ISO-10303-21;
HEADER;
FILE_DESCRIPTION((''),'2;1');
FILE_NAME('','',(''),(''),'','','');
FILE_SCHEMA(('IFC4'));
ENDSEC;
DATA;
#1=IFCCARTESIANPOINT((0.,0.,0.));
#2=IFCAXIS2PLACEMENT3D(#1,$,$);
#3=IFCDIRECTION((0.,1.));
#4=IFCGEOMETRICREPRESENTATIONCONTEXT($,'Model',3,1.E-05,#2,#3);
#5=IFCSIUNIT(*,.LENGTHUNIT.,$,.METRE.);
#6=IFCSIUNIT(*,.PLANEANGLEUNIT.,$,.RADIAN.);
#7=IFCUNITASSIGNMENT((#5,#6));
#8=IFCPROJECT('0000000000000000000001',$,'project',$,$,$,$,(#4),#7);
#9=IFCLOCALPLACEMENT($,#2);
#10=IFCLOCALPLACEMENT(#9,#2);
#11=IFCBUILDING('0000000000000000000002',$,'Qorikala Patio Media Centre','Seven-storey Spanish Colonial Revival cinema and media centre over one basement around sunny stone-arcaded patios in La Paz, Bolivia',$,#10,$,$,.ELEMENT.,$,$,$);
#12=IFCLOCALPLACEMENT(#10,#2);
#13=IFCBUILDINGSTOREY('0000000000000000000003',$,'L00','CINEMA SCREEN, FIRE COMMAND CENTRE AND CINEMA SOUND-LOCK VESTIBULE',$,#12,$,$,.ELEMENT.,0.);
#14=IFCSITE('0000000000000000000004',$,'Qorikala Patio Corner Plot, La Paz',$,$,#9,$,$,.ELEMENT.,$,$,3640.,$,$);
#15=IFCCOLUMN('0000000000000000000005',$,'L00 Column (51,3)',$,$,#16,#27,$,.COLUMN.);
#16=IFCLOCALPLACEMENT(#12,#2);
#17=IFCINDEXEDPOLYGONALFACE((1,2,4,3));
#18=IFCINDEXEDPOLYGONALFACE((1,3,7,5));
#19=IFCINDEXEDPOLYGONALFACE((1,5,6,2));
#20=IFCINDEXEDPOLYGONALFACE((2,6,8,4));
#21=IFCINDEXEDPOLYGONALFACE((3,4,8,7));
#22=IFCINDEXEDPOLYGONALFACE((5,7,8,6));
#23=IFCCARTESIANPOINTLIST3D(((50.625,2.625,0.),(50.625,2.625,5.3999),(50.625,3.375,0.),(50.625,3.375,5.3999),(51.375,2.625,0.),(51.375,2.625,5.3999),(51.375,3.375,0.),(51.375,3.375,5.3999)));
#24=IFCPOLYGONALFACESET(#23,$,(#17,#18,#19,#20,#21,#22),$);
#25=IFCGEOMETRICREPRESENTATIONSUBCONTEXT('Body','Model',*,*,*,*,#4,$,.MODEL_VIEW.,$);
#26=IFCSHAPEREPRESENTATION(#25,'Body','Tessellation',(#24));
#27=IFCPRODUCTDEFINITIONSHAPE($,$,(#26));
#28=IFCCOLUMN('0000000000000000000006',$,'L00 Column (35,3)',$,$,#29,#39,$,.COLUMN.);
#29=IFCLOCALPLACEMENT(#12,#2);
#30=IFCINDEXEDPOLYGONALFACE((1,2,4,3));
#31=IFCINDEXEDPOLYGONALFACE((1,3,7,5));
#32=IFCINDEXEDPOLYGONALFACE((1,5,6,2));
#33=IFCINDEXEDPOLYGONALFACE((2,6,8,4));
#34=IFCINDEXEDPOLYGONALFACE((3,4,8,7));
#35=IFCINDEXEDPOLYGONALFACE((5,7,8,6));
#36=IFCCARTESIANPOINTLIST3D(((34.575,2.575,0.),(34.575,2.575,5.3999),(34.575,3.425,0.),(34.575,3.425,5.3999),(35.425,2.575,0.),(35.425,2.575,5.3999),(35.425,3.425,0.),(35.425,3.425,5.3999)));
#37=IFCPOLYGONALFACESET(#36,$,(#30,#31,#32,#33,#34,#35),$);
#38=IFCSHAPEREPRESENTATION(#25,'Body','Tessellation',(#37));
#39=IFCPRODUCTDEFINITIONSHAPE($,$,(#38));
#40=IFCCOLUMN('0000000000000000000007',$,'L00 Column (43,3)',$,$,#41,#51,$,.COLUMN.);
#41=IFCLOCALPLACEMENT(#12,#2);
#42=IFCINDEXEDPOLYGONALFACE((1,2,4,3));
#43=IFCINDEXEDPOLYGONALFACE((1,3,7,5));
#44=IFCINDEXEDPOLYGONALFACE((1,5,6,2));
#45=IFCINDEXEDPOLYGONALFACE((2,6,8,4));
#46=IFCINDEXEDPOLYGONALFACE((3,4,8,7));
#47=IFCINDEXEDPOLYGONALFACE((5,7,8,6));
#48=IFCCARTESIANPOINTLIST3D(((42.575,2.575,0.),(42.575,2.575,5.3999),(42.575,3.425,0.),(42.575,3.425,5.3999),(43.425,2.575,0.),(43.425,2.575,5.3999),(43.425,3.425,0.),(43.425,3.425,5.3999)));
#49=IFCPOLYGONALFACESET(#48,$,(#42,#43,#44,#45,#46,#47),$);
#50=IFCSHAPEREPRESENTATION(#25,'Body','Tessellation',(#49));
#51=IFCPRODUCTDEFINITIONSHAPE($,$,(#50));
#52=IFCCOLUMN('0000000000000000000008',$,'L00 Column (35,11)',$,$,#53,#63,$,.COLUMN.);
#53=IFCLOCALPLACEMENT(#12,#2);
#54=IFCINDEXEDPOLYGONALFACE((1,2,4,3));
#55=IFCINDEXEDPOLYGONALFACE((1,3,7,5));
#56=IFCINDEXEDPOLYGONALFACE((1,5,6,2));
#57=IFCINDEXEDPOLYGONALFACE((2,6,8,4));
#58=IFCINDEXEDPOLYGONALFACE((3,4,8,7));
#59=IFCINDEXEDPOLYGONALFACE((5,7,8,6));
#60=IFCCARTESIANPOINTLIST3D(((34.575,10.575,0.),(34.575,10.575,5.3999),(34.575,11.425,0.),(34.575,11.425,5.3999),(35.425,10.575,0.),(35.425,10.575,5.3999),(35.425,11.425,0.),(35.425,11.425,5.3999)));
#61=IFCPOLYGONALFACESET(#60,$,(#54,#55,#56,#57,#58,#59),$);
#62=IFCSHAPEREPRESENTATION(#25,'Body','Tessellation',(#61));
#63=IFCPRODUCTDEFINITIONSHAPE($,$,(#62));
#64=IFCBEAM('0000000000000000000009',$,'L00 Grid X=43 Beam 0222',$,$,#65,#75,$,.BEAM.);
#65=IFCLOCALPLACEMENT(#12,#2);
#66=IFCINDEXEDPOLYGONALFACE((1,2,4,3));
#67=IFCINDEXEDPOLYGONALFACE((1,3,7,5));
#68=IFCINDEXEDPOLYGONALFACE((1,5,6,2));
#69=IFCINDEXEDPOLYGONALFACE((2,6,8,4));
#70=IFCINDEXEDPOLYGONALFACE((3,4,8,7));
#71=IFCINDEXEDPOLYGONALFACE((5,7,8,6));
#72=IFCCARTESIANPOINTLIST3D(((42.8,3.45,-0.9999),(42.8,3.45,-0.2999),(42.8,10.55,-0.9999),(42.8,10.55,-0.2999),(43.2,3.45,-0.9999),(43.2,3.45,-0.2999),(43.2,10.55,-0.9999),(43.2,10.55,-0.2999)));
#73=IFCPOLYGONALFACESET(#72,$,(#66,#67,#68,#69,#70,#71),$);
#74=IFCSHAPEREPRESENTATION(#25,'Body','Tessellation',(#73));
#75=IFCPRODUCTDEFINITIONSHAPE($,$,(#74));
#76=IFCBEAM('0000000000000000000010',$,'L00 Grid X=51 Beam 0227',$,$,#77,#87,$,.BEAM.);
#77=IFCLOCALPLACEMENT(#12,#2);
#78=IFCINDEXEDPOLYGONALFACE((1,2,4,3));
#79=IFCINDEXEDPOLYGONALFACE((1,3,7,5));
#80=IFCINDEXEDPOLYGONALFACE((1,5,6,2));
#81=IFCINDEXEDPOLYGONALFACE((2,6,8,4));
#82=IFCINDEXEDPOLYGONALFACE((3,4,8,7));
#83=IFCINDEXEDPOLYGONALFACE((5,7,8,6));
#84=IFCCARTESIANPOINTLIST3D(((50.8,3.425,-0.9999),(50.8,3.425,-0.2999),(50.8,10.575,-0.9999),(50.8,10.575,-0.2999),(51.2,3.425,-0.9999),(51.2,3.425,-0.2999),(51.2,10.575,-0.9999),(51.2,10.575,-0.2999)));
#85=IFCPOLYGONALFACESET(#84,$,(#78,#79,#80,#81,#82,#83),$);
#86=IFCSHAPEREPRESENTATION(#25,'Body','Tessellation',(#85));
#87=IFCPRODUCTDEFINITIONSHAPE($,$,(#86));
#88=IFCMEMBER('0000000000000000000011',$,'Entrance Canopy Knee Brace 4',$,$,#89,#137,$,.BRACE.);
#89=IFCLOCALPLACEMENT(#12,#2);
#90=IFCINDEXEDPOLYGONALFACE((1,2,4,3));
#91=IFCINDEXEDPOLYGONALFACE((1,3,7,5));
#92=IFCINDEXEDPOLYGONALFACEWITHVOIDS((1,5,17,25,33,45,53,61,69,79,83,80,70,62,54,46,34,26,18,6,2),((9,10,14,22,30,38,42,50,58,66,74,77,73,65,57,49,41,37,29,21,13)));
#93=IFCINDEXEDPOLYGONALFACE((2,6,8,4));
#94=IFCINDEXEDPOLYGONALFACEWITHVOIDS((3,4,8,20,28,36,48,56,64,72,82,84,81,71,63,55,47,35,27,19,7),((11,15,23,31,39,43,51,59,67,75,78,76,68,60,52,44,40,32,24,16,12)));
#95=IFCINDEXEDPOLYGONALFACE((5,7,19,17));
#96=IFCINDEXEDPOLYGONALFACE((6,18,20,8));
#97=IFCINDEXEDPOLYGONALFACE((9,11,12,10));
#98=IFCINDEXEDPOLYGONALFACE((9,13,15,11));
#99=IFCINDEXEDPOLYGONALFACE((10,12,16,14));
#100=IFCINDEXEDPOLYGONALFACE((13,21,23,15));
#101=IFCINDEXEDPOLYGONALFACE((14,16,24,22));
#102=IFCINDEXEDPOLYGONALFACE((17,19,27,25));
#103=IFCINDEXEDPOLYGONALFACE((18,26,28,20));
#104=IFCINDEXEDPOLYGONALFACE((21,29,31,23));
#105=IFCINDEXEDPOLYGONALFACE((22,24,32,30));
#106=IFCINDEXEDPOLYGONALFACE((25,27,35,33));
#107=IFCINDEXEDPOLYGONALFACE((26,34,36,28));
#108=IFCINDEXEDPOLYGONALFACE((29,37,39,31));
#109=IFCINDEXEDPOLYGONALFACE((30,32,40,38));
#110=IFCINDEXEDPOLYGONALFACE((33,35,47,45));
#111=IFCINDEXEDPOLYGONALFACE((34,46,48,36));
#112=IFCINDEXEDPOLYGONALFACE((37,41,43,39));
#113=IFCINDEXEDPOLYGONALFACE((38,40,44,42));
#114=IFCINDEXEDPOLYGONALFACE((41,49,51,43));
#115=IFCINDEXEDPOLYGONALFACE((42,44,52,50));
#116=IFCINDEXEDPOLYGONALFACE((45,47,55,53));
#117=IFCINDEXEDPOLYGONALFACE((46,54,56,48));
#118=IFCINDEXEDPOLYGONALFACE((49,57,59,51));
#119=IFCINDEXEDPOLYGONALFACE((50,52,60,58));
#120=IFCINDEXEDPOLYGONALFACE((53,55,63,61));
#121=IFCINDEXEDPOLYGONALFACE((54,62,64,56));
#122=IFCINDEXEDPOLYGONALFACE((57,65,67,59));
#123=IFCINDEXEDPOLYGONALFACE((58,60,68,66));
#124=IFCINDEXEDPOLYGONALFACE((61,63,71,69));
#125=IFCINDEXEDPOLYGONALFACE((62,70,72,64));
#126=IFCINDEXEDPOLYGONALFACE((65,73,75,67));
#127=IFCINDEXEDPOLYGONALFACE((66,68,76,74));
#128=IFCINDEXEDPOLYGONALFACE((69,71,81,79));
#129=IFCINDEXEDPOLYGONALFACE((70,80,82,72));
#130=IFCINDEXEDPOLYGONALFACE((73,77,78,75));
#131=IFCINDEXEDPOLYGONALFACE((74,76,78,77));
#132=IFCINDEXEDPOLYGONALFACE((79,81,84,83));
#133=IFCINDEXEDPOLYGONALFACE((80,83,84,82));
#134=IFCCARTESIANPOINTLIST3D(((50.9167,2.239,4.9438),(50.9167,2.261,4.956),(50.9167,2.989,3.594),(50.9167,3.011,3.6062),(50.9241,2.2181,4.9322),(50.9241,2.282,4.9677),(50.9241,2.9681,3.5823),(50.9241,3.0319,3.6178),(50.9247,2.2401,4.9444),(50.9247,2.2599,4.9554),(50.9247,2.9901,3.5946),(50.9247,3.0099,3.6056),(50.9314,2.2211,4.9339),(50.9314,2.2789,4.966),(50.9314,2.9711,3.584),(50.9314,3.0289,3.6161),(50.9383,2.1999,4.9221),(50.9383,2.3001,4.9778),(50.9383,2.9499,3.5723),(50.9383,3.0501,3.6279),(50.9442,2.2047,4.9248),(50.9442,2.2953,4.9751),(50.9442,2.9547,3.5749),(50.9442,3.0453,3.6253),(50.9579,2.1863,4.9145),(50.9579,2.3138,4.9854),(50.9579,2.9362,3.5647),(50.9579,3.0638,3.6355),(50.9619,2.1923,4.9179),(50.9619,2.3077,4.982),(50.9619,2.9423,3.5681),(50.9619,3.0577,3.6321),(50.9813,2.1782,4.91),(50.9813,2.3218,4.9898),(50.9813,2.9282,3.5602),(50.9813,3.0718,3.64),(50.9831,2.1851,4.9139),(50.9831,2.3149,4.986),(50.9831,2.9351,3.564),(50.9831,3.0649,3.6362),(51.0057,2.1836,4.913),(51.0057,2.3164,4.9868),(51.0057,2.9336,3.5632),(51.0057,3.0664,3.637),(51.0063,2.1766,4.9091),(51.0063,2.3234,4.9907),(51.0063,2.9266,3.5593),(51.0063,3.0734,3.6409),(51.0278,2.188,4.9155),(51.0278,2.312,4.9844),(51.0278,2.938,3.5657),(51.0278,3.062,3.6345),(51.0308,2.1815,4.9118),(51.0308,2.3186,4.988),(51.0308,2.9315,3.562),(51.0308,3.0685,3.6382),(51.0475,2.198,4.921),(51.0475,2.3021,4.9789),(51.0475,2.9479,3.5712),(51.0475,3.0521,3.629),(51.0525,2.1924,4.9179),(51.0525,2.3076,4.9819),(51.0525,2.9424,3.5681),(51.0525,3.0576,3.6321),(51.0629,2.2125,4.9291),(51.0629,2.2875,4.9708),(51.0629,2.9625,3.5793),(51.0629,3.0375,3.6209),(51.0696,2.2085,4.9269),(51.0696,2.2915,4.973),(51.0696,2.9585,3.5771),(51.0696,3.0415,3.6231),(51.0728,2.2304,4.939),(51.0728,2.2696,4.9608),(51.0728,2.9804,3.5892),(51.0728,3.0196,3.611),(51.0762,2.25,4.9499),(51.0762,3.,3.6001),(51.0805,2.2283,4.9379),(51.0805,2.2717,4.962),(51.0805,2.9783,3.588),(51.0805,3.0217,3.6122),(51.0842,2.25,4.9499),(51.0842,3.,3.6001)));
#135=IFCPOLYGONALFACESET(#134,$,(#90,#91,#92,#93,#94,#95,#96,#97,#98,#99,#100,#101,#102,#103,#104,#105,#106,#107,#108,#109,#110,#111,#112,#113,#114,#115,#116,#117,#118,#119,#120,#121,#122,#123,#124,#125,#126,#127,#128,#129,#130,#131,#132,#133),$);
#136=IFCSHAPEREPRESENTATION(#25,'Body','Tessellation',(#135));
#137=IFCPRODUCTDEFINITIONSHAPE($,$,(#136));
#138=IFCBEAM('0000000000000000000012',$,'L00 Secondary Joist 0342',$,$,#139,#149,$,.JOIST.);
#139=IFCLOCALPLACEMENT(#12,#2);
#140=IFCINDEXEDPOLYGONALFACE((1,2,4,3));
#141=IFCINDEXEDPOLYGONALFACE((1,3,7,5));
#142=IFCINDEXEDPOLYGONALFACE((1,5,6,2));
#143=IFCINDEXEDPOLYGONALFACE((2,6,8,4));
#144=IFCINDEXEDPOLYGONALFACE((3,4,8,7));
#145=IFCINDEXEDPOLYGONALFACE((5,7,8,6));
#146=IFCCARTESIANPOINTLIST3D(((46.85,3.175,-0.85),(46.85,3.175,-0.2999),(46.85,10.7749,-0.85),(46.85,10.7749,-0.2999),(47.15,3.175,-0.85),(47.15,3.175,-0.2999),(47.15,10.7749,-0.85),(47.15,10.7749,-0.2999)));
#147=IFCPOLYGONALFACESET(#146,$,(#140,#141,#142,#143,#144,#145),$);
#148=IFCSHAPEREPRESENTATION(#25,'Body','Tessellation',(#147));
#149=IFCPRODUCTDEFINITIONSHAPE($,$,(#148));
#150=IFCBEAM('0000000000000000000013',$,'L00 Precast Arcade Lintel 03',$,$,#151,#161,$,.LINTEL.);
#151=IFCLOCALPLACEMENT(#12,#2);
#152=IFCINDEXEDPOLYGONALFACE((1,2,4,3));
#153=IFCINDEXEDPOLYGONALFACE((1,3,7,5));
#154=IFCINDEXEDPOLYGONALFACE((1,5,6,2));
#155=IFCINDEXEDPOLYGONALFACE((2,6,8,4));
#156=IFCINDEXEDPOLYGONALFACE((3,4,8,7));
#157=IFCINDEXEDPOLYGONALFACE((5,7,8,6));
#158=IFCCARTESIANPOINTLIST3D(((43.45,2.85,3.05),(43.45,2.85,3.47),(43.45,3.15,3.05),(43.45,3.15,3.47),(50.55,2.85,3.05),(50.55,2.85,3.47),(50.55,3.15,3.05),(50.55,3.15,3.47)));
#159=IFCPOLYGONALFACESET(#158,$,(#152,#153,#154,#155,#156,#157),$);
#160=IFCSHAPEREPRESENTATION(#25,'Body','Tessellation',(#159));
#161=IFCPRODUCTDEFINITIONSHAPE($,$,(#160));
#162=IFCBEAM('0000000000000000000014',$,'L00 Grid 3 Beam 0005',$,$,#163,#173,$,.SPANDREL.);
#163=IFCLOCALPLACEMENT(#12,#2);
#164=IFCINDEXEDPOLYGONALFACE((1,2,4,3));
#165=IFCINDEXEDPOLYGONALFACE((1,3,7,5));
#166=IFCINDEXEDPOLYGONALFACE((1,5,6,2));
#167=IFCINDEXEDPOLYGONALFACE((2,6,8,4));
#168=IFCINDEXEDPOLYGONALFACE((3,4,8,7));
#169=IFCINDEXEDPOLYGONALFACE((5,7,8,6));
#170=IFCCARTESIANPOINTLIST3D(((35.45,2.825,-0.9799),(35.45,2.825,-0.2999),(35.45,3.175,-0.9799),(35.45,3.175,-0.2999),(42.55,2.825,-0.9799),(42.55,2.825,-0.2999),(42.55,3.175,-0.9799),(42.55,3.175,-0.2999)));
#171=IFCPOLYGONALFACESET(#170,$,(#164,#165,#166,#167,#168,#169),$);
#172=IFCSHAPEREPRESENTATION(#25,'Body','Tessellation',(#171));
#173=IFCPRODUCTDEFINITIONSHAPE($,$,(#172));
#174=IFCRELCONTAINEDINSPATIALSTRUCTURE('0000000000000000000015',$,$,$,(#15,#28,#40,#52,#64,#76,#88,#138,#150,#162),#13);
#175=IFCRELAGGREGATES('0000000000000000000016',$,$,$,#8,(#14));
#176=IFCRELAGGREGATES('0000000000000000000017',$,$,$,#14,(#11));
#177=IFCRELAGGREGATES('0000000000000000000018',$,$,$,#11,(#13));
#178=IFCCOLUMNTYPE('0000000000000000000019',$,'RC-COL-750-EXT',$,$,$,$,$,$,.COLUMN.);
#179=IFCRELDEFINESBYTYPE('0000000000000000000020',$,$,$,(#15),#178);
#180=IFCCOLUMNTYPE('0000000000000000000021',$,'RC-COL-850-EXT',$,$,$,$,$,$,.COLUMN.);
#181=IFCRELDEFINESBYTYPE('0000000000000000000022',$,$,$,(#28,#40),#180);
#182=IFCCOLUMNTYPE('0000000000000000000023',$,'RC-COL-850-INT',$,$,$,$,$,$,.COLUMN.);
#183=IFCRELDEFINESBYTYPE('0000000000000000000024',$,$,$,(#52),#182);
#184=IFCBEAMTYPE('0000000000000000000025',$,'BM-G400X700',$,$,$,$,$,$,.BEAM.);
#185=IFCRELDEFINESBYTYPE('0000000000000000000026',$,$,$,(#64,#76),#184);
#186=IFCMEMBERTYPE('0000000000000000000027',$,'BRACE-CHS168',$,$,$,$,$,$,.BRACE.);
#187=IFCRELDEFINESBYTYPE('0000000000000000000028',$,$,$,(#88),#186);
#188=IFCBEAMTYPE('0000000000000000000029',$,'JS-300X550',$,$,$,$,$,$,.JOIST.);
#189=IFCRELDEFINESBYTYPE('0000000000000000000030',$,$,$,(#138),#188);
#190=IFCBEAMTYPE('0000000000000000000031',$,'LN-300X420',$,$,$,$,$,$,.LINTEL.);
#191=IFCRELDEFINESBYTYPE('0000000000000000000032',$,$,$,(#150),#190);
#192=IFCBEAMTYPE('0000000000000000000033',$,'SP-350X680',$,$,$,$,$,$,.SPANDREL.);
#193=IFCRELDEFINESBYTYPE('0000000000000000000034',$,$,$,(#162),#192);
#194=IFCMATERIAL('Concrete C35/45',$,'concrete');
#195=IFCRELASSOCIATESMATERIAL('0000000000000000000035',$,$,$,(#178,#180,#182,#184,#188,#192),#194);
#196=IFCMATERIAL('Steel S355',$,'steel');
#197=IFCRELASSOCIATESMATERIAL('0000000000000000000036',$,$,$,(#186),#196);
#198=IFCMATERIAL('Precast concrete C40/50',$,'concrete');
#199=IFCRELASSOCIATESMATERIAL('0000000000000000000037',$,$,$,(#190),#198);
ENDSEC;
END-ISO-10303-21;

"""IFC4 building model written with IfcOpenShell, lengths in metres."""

from ifc_helpers import new_model, si_unit, direction, frame, origin, origin_2d, place, context, subcontext, project, spatial, rectangle, hollow_circle, extrude, material, material_profile, profile_set, type_object, element, save


model = new_model("IFC4")

# Units and contexts
model_context = context("Model", 3, precision=1e-05, world=origin(), true_north=direction((0.0, 1.0)))
body_context = subcontext(model_context, "Body", "Model", "MODEL_VIEW")
ifc_project = project(units=[si_unit("LENGTHUNIT", "METRE"), si_unit("PLANEANGLEUNIT", "RADIAN")], contexts=[model_context])

# Site, building, storey
site_placement = place(None, origin())
site = spatial("IfcSite", under=ifc_project, at=site_placement, Name="Qorikala Patio Corner Plot, La Paz", CompositionType="ELEMENT", RefElevation=3640.0)
building_placement = place(site_placement, origin())
building = spatial("IfcBuilding", under=site, at=building_placement, Name="Qorikala Patio Media Centre", Description="Seven-storey Spanish Colonial Revival cinema and media centre over one basement around sunny stone-arcaded patios in La Paz, Bolivia", CompositionType="ELEMENT")
storey_placement = place(building_placement, origin())
storey = spatial("IfcBuildingStorey", under=building, at=storey_placement, Name="L00", Description="CINEMA SCREEN, FIRE COMMAND CENTRE AND CINEMA SOUND-LOCK VESTIBULE", CompositionType="ELEMENT", Elevation=0.0)

# Columns
ifc_material_1 = material(Name="Concrete C35/45", Category="concrete")
ifc_material_profile_1 = material_profile(ifc_material_1, rectangle(XDim=0.75, YDim=0.75, at=origin_2d()), Name="RC 750x750")
ifc_profile_set_1 = profile_set([ifc_material_profile_1], Name="Concrete C35/45")
column_type_1 = type_object("IfcColumnType", Name="RC-COL-750-EXT", PredefinedType="COLUMN", material=ifc_profile_set_1)
column_1_placement = place(storey_placement, frame((51.0, 3.0, 0.0), z_axis=(0.0, 0.0, 1.0), x_axis=(1.0, 0.0, 0.0)))
element("IfcColumn", 1, at=column_1_placement, inside=storey, type_object=column_type_1, Name="L00 Column (51,3)", PredefinedType="COLUMN", context=body_context, shape_type="SweptSolid", body=[
    extrude(rectangle(XDim=0.75, YDim=0.75, at=origin_2d()), origin(), (0.0, 0.0, 1.0), 5.3999),
])
ifc_material_profile_2 = material_profile(ifc_material_1, rectangle(XDim=0.8501, YDim=0.8501, at=origin_2d()), Name="RC 850x850")
ifc_profile_set_2 = profile_set([ifc_material_profile_2], Name="Concrete C35/45")
column_type_2 = type_object("IfcColumnType", Name="RC-COL-850-EXT", PredefinedType="COLUMN", material=ifc_profile_set_2)
for number, where, z_axis, x_axis, name in (
    (2, (35.0, 3.0, 0.0), (0.0, 0.0, 1.0), (1.0, 0.0, 0.0), "L00 Column (35,3)"),
    (3, (43.0, 3.0, 0.0), (0.0, 0.0, 1.0), (1.0, 0.0, 0.0), "L00 Column (43,3)"),
):
    element("IfcColumn", number, at=place(storey_placement, frame(where, z_axis=z_axis, x_axis=x_axis)), inside=storey, type_object=column_type_2, Name=name, PredefinedType="COLUMN", context=body_context, shape_type="SweptSolid", body=[
        extrude(rectangle(XDim=0.8501, YDim=0.8501, at=origin_2d()), origin(), (0.0, 0.0, 1.0), 5.3999),
    ])
ifc_material_profile_3 = material_profile(ifc_material_1, rectangle(XDim=0.8501, YDim=0.8501, at=origin_2d()), Name="RC 850x850")
ifc_profile_set_3 = profile_set([ifc_material_profile_3], Name="Concrete C35/45")
column_type_3 = type_object("IfcColumnType", Name="RC-COL-850-INT", PredefinedType="COLUMN", material=ifc_profile_set_3)
column_2_placement = place(storey_placement, frame((35.0, 11.0, 0.0), z_axis=(0.0, 0.0, 1.0), x_axis=(1.0, 0.0, 0.0)))
element("IfcColumn", 4, at=column_2_placement, inside=storey, type_object=column_type_3, Name="L00 Column (35,11)", PredefinedType="COLUMN", context=body_context, shape_type="SweptSolid", body=[
    extrude(rectangle(XDim=0.8501, YDim=0.8501, at=origin_2d()), origin(), (0.0, 0.0, 1.0), 5.3999),
])

# Beams
ifc_material_profile_4 = material_profile(ifc_material_1, rectangle(XDim=0.3999, YDim=0.7, at=origin_2d()), Name="RC 400x700")
ifc_profile_set_4 = profile_set([ifc_material_profile_4], Name="Concrete C35/45")
beam_type_1 = type_object("IfcBeamType", Name="BM-G400X700", PredefinedType="BEAM", material=ifc_profile_set_4)
beam_1_placement = place(storey_placement, frame((43.0, 3.45, -0.6499), z_axis=(0.0, 1.0, 0.0), x_axis=(-1.0, 0.0, 0.0)))
element("IfcBeam", 5, at=beam_1_placement, inside=storey, type_object=beam_type_1, Name="L00 Grid X=43 Beam 0222", PredefinedType="BEAM", context=body_context, shape_type="SweptSolid", body=[
    extrude(rectangle(XDim=0.3999, YDim=0.7, at=origin_2d()), origin(), (0.0, 0.0, 1.0), 7.1001),
])
beam_2_placement = place(storey_placement, frame((51.0, 3.425, -0.6499), z_axis=(0.0, 1.0, 0.0), x_axis=(-1.0, 0.0, 0.0)))
element("IfcBeam", 6, at=beam_2_placement, inside=storey, type_object=beam_type_1, Name="L00 Grid X=51 Beam 0227", PredefinedType="BEAM", context=body_context, shape_type="SweptSolid", body=[
    extrude(rectangle(XDim=0.3999, YDim=0.7, at=origin_2d()), origin(), (0.0, 0.0, 1.0), 7.1499),
])

# Member
ifc_material_2 = material(Name="Steel S355", Category="steel")
ifc_material_profile_5 = material_profile(ifc_material_2, hollow_circle(Radius=0.0842, WallThickness=0.0081, at=origin_2d()), Name="CHS168X8")
ifc_profile_set_5 = profile_set([ifc_material_profile_5], Name="Steel S355")
member_type = type_object("IfcMemberType", Name="BRACE-CHS168", PredefinedType="BRACE", material=ifc_profile_set_5)
member_placement = place(storey_placement, frame((51.0, 3.0, 3.6001), z_axis=(0.0, -0.485683, 0.874135), x_axis=(1.0, 0.0, 0.0)))
element("IfcMember", 7, at=member_placement, inside=storey, type_object=member_type, Name="Entrance Canopy Knee Brace 4", PredefinedType="BRACE", context=body_context, shape_type="SweptSolid", body=[
    extrude(hollow_circle(Radius=0.0842, WallThickness=0.0081, at=origin_2d()), origin(), (0.0, 0.0, 1.0), 1.5442),
])

# Beams
ifc_material_profile_6 = material_profile(ifc_material_1, rectangle(XDim=0.3, YDim=0.55, at=origin_2d()), Name="RC 300x550")
ifc_profile_set_6 = profile_set([ifc_material_profile_6], Name="Concrete C35/45")
beam_type_2 = type_object("IfcBeamType", Name="JS-300X550", PredefinedType="JOIST", material=ifc_profile_set_6)
beam_3_placement = place(storey_placement, frame((47.0, 3.175, -0.575), z_axis=(0.0, 1.0, 0.0), x_axis=(-1.0, 0.0, 0.0)))
element("IfcBeam", 8, at=beam_3_placement, inside=storey, type_object=beam_type_2, Name="L00 Secondary Joist 0342", PredefinedType="JOIST", context=body_context, shape_type="SweptSolid", body=[
    extrude(rectangle(XDim=0.3, YDim=0.55, at=origin_2d()), origin(), (0.0, 0.0, 1.0), 7.5999),
])
ifc_material_3 = material(Name="Precast concrete C40/50", Category="concrete")
ifc_material_profile_7 = material_profile(ifc_material_3, rectangle(XDim=0.3, YDim=0.4199, at=origin_2d()), Name="RC 300x420")
ifc_profile_set_7 = profile_set([ifc_material_profile_7], Name="Precast concrete C40/50")
beam_type_3 = type_object("IfcBeamType", Name="LN-300X420", PredefinedType="LINTEL", material=ifc_profile_set_7)
beam_4_placement = place(storey_placement, frame((43.45, 3.0, 3.26), z_axis=(1.0, 0.0, 0.0), x_axis=(0.0, 1.0, 0.0)))
element("IfcBeam", 9, at=beam_4_placement, inside=storey, type_object=beam_type_3, Name="L00 Precast Arcade Lintel 03", PredefinedType="LINTEL", context=body_context, shape_type="SweptSolid", body=[
    extrude(rectangle(XDim=0.3, YDim=0.4199, at=origin_2d()), origin(), (0.0, 0.0, 1.0), 7.1001),
])
ifc_material_profile_8 = material_profile(ifc_material_1, rectangle(XDim=0.3501, YDim=0.6799, at=origin_2d()), Name="RC 350x680")
ifc_profile_set_8 = profile_set([ifc_material_profile_8], Name="Concrete C35/45")
beam_type_4 = type_object("IfcBeamType", Name="SP-350X680", PredefinedType="SPANDREL", material=ifc_profile_set_8)
beam_5_placement = place(storey_placement, frame((35.45, 3.0, -0.6399), z_axis=(1.0, 0.0, 0.0), x_axis=(0.0, 1.0, 0.0)))
element("IfcBeam", 10, at=beam_5_placement, inside=storey, type_object=beam_type_4, Name="L00 Grid 3 Beam 0005", PredefinedType="SPANDREL", context=body_context, shape_type="SweptSolid", body=[
    extrude(rectangle(XDim=0.3501, YDim=0.6799, at=origin_2d()), origin(), (0.0, 0.0, 1.0), 7.1001),
])

save(model, "model.ifc")
